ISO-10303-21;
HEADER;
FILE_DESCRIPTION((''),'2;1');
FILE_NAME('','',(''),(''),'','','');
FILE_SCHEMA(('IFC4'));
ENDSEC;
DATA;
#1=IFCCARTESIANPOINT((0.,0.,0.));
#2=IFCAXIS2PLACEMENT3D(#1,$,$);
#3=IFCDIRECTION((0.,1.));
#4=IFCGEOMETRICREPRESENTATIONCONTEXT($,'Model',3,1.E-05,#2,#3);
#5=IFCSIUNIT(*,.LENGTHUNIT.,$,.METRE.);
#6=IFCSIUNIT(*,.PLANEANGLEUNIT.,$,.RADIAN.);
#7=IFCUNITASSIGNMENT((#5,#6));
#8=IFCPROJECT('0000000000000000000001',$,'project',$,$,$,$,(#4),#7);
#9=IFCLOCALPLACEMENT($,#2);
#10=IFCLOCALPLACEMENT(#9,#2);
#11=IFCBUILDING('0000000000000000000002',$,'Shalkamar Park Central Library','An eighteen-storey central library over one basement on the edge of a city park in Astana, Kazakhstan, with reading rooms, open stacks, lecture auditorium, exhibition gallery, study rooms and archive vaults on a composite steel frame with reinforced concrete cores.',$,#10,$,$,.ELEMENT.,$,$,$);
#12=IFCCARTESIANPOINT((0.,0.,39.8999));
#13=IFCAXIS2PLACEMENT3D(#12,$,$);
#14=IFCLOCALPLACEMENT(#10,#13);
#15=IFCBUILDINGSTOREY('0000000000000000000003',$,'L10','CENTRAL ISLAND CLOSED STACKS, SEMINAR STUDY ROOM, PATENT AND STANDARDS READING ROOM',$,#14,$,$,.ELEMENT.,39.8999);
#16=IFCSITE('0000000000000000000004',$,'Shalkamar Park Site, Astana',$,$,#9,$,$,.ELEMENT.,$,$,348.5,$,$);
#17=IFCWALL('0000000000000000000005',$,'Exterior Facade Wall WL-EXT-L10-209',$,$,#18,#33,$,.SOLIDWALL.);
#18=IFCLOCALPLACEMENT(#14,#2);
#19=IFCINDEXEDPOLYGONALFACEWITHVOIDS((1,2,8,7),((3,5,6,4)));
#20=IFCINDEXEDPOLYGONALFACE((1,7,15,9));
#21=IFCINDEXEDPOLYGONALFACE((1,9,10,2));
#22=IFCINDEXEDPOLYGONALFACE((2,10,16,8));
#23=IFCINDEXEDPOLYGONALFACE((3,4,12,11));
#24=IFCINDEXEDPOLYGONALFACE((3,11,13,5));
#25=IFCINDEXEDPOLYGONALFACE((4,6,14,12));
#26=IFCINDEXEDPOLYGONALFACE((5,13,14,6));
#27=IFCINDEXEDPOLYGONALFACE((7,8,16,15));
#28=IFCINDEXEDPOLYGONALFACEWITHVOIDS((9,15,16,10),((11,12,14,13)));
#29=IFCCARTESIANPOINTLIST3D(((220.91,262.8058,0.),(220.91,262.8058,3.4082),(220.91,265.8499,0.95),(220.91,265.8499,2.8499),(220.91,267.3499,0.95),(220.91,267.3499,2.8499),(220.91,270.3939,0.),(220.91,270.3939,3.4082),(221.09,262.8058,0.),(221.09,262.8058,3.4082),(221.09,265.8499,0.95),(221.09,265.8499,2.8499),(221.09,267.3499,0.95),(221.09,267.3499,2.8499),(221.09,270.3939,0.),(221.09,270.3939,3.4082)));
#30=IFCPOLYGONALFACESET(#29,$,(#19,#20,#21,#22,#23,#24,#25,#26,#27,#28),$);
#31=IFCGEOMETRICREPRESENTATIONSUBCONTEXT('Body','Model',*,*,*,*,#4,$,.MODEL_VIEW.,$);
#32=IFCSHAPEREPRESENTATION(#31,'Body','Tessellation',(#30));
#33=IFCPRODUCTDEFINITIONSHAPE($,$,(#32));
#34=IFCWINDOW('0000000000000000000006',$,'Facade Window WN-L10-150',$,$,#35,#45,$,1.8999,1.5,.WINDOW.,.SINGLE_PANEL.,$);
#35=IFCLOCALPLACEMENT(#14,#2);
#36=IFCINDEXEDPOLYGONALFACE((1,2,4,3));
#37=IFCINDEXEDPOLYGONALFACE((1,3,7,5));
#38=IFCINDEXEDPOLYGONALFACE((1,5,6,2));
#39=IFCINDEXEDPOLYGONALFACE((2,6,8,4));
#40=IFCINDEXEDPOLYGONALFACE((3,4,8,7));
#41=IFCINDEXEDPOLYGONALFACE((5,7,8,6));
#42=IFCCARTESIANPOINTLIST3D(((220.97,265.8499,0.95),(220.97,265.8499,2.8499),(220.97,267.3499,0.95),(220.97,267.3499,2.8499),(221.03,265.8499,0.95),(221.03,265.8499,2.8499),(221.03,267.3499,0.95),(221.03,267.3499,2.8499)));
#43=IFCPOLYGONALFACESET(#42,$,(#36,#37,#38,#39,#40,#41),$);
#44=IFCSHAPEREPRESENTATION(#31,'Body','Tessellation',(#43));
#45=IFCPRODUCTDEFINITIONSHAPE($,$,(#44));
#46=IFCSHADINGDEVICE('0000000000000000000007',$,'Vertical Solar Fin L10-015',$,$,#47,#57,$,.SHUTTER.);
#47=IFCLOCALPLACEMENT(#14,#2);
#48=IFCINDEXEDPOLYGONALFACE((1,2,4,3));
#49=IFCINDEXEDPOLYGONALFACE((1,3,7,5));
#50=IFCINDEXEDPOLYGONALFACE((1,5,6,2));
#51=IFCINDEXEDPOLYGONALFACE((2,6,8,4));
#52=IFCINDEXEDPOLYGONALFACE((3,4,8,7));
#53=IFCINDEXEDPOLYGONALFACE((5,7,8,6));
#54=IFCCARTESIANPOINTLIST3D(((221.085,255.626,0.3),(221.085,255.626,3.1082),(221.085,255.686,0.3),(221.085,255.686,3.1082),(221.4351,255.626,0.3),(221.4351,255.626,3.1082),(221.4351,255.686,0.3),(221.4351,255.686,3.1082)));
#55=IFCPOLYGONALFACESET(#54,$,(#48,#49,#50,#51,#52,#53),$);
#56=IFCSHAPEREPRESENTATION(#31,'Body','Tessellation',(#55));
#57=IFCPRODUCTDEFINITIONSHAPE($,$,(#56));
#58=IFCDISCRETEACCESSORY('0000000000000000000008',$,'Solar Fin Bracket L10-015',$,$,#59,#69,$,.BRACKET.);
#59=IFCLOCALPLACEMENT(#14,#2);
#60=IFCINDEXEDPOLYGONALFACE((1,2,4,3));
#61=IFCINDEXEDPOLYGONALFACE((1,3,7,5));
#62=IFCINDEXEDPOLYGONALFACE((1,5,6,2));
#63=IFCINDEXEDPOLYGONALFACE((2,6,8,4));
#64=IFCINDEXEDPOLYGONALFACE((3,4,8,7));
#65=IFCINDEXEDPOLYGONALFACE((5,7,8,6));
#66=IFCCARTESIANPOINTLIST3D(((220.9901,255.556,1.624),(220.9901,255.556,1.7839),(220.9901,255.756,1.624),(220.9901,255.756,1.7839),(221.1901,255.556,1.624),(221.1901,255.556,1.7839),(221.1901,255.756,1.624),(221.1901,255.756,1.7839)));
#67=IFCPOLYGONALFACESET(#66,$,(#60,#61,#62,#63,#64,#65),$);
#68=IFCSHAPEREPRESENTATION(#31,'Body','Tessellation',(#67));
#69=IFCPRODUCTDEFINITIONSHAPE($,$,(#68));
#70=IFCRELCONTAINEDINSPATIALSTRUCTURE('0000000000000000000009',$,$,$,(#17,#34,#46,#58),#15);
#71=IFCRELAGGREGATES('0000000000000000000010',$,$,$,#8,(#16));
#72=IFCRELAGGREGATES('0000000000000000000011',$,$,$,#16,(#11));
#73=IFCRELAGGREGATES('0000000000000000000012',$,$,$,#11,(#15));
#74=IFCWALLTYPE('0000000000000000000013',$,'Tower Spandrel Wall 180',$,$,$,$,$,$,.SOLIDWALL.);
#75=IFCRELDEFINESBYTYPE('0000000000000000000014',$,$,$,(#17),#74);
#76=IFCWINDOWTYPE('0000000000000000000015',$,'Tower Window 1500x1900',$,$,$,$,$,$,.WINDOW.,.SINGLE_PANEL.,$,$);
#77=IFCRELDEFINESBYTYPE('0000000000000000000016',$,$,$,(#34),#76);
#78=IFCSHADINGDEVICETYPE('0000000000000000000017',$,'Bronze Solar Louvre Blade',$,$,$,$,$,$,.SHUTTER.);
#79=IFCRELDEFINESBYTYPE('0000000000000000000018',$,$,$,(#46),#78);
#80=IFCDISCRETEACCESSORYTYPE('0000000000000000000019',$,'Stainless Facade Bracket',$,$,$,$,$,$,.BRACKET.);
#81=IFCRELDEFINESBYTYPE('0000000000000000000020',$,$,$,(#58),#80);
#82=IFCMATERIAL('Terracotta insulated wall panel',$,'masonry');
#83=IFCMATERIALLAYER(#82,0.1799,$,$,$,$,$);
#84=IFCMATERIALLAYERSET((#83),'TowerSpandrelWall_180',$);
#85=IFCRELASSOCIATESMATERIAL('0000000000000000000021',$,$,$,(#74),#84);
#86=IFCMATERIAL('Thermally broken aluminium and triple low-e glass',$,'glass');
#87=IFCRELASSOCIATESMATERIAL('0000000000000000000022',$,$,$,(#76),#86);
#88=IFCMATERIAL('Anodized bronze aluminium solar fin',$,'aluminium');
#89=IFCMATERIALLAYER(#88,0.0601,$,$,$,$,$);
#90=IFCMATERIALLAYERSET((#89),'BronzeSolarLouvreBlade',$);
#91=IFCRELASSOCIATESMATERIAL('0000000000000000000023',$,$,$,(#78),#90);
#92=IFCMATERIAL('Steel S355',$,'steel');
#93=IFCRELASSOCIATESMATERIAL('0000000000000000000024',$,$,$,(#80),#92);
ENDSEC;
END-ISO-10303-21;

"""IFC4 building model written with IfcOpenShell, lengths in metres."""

from ifc_helpers import new_model, si_unit, direction, frame, frame_2d, origin, origin_2d, place, context, subcontext, project, spatial, rectangle, extrude, material, layer, layer_set, type_object, element, fill, save


model = new_model("IFC4")

# Units and contexts
model_context = context("Model", 3, precision=1e-05, world=origin(), true_north=direction((0.0, 1.0)))
body_context = subcontext(model_context, "Body", "Model", "MODEL_VIEW")
ifc_project = project(units=[si_unit("LENGTHUNIT", "METRE"), si_unit("PLANEANGLEUNIT", "RADIAN")], contexts=[model_context])

# Site, building, storey
site_placement = place(None, origin())
site = spatial("IfcSite", under=ifc_project, at=site_placement, Name="Shalkamar Park Site, Astana", CompositionType="ELEMENT", RefElevation=348.5)
building_placement = place(site_placement, origin())
building = spatial("IfcBuilding", under=site, at=building_placement, Name="Shalkamar Park Central Library", Description="An eighteen-storey central library over one basement on the edge of a city park in Astana, Kazakhstan, with reading rooms, open stacks, lecture auditorium, exhibition gallery, study rooms and archive vaults on a composite steel frame with reinforced concrete cores.", CompositionType="ELEMENT")
storey_placement = place(building_placement, frame((0.0, 0.0, 39.8999)))
storey = spatial("IfcBuildingStorey", under=building, at=storey_placement, Name="L10", Description="CENTRAL ISLAND CLOSED STACKS, SEMINAR STUDY ROOM, PATENT AND STANDARDS READING ROOM", CompositionType="ELEMENT", Elevation=39.8999)

# Shared definitions
ifc_material_1 = material(Name="Steel S355", Category="steel")

# Wall, opening, window
ifc_material_2 = material(Name="Terracotta insulated wall panel", Category="masonry")
ifc_layer_1 = layer(ifc_material_2, 0.1799)
ifc_layer_set_1 = layer_set([ifc_layer_1], Name="TowerSpandrelWall_180")
wall_type_1 = type_object("IfcWallType", Name="Tower Spandrel Wall 180", PredefinedType="SOLIDWALL", material=ifc_layer_set_1)
ifc_material_3 = material(Name="Thermally broken aluminium and triple low-e glass", Category="glass")
wall_1_placement = place(storey_placement, frame((221.0, 262.8059, 0.0), z_axis=(0.0, 0.0, 1.0), x_axis=(0.0, 1.0, 0.0)))
wall_1 = element("IfcWall", 1, at=wall_1_placement, inside=storey, type_object=wall_type_1, Name="Exterior Facade Wall WL-EXT-L10-209", PredefinedType="SOLIDWALL", context=body_context, shape_type="SweptSolid", body=[
    extrude(rectangle(XDim=7.5881, YDim=0.1799, at=frame_2d((3.7939, 0.0))), origin(), (0.0, 0.0, 1.0), 3.4082),
])
opening_1_placement = place(wall_1_placement, frame((3.0439, 0.0, 0.95)))
opening_1 = element("IfcOpeningElement", 2, at=opening_1_placement, cuts=wall_1, PredefinedType="OPENING", context=body_context, shape_type="SweptSolid", body=[
    extrude(rectangle(XDim=1.5, YDim=1.8999, at=frame_2d((0.75, 0.95))), frame((0.0, 0.105, 0.0), z_axis=(0.0, -1.0, 0.0), x_axis=(1.0, 0.0, 0.0)), (0.0, 0.0, 1.0), 0.2097),
])
window_type_1 = type_object("IfcWindowType", Name="Tower Window 1500x1900", PartitioningType="SINGLE_PANEL", PredefinedType="WINDOW", material=ifc_material_3)
window_1_placement = place(opening_1_placement, origin())
window_1 = element("IfcWindow", 3, at=window_1_placement, inside=storey, type_object=window_type_1, Name="Facade Window WN-L10-150", OverallHeight=1.8999, OverallWidth=1.5, PartitioningType="SINGLE_PANEL", PredefinedType="WINDOW", context=body_context, shape_type="SweptSolid", body=[
    extrude(rectangle(XDim=1.5, YDim=1.8999, at=frame_2d((0.75, 0.95))), frame((0.0, 0.03, 0.0), z_axis=(0.0, -1.0, 0.0), x_axis=(1.0, 0.0, 0.0)), (0.0, 0.0, 1.0), 0.0601),
])
fill(opening_1, window_1)

# Shading device
ifc_material_4 = material(Name="Anodized bronze aluminium solar fin", Category="aluminium")
ifc_layer_2 = layer(ifc_material_4, 0.0601)
ifc_layer_set_2 = layer_set([ifc_layer_2], Name="BronzeSolarLouvreBlade")
shading_device_type = type_object("IfcShadingDeviceType", Name="Bronze Solar Louvre Blade", PredefinedType="SHUTTER", material=ifc_layer_set_2)
shading_device_placement = place(storey_placement, frame((221.26, 255.656, 0.3), z_axis=(0.0, 0.0, 1.0), x_axis=(1.0, 0.0, 0.0)))
element("IfcShadingDevice", 4, at=shading_device_placement, inside=storey, type_object=shading_device_type, Name="Vertical Solar Fin L10-015", PredefinedType="SHUTTER", context=body_context, shape_type="SweptSolid", body=[
    extrude(rectangle(XDim=0.3501, YDim=0.0601, at=origin_2d()), origin(), (0.0, 0.0, 1.0), 2.8081),
])

# Discrete accessory
discrete_accessory_type = type_object("IfcDiscreteAccessoryType", Name="Stainless Facade Bracket", PredefinedType="BRACKET", material=ifc_material_1)
discrete_accessory_placement = place(storey_placement, frame((221.0901, 255.656, 1.624), z_axis=(0.0, 0.0, 1.0), x_axis=(1.0, 0.0, 0.0)))
element("IfcDiscreteAccessory", 5, at=discrete_accessory_placement, inside=storey, type_object=discrete_accessory_type, Name="Solar Fin Bracket L10-015", PredefinedType="BRACKET", context=body_context, shape_type="SweptSolid", body=[
    extrude(rectangle(XDim=0.2, YDim=0.2, at=origin_2d()), origin(), (0.0, 0.0, 1.0), 0.1599),
])

save(model, "model.ifc")
